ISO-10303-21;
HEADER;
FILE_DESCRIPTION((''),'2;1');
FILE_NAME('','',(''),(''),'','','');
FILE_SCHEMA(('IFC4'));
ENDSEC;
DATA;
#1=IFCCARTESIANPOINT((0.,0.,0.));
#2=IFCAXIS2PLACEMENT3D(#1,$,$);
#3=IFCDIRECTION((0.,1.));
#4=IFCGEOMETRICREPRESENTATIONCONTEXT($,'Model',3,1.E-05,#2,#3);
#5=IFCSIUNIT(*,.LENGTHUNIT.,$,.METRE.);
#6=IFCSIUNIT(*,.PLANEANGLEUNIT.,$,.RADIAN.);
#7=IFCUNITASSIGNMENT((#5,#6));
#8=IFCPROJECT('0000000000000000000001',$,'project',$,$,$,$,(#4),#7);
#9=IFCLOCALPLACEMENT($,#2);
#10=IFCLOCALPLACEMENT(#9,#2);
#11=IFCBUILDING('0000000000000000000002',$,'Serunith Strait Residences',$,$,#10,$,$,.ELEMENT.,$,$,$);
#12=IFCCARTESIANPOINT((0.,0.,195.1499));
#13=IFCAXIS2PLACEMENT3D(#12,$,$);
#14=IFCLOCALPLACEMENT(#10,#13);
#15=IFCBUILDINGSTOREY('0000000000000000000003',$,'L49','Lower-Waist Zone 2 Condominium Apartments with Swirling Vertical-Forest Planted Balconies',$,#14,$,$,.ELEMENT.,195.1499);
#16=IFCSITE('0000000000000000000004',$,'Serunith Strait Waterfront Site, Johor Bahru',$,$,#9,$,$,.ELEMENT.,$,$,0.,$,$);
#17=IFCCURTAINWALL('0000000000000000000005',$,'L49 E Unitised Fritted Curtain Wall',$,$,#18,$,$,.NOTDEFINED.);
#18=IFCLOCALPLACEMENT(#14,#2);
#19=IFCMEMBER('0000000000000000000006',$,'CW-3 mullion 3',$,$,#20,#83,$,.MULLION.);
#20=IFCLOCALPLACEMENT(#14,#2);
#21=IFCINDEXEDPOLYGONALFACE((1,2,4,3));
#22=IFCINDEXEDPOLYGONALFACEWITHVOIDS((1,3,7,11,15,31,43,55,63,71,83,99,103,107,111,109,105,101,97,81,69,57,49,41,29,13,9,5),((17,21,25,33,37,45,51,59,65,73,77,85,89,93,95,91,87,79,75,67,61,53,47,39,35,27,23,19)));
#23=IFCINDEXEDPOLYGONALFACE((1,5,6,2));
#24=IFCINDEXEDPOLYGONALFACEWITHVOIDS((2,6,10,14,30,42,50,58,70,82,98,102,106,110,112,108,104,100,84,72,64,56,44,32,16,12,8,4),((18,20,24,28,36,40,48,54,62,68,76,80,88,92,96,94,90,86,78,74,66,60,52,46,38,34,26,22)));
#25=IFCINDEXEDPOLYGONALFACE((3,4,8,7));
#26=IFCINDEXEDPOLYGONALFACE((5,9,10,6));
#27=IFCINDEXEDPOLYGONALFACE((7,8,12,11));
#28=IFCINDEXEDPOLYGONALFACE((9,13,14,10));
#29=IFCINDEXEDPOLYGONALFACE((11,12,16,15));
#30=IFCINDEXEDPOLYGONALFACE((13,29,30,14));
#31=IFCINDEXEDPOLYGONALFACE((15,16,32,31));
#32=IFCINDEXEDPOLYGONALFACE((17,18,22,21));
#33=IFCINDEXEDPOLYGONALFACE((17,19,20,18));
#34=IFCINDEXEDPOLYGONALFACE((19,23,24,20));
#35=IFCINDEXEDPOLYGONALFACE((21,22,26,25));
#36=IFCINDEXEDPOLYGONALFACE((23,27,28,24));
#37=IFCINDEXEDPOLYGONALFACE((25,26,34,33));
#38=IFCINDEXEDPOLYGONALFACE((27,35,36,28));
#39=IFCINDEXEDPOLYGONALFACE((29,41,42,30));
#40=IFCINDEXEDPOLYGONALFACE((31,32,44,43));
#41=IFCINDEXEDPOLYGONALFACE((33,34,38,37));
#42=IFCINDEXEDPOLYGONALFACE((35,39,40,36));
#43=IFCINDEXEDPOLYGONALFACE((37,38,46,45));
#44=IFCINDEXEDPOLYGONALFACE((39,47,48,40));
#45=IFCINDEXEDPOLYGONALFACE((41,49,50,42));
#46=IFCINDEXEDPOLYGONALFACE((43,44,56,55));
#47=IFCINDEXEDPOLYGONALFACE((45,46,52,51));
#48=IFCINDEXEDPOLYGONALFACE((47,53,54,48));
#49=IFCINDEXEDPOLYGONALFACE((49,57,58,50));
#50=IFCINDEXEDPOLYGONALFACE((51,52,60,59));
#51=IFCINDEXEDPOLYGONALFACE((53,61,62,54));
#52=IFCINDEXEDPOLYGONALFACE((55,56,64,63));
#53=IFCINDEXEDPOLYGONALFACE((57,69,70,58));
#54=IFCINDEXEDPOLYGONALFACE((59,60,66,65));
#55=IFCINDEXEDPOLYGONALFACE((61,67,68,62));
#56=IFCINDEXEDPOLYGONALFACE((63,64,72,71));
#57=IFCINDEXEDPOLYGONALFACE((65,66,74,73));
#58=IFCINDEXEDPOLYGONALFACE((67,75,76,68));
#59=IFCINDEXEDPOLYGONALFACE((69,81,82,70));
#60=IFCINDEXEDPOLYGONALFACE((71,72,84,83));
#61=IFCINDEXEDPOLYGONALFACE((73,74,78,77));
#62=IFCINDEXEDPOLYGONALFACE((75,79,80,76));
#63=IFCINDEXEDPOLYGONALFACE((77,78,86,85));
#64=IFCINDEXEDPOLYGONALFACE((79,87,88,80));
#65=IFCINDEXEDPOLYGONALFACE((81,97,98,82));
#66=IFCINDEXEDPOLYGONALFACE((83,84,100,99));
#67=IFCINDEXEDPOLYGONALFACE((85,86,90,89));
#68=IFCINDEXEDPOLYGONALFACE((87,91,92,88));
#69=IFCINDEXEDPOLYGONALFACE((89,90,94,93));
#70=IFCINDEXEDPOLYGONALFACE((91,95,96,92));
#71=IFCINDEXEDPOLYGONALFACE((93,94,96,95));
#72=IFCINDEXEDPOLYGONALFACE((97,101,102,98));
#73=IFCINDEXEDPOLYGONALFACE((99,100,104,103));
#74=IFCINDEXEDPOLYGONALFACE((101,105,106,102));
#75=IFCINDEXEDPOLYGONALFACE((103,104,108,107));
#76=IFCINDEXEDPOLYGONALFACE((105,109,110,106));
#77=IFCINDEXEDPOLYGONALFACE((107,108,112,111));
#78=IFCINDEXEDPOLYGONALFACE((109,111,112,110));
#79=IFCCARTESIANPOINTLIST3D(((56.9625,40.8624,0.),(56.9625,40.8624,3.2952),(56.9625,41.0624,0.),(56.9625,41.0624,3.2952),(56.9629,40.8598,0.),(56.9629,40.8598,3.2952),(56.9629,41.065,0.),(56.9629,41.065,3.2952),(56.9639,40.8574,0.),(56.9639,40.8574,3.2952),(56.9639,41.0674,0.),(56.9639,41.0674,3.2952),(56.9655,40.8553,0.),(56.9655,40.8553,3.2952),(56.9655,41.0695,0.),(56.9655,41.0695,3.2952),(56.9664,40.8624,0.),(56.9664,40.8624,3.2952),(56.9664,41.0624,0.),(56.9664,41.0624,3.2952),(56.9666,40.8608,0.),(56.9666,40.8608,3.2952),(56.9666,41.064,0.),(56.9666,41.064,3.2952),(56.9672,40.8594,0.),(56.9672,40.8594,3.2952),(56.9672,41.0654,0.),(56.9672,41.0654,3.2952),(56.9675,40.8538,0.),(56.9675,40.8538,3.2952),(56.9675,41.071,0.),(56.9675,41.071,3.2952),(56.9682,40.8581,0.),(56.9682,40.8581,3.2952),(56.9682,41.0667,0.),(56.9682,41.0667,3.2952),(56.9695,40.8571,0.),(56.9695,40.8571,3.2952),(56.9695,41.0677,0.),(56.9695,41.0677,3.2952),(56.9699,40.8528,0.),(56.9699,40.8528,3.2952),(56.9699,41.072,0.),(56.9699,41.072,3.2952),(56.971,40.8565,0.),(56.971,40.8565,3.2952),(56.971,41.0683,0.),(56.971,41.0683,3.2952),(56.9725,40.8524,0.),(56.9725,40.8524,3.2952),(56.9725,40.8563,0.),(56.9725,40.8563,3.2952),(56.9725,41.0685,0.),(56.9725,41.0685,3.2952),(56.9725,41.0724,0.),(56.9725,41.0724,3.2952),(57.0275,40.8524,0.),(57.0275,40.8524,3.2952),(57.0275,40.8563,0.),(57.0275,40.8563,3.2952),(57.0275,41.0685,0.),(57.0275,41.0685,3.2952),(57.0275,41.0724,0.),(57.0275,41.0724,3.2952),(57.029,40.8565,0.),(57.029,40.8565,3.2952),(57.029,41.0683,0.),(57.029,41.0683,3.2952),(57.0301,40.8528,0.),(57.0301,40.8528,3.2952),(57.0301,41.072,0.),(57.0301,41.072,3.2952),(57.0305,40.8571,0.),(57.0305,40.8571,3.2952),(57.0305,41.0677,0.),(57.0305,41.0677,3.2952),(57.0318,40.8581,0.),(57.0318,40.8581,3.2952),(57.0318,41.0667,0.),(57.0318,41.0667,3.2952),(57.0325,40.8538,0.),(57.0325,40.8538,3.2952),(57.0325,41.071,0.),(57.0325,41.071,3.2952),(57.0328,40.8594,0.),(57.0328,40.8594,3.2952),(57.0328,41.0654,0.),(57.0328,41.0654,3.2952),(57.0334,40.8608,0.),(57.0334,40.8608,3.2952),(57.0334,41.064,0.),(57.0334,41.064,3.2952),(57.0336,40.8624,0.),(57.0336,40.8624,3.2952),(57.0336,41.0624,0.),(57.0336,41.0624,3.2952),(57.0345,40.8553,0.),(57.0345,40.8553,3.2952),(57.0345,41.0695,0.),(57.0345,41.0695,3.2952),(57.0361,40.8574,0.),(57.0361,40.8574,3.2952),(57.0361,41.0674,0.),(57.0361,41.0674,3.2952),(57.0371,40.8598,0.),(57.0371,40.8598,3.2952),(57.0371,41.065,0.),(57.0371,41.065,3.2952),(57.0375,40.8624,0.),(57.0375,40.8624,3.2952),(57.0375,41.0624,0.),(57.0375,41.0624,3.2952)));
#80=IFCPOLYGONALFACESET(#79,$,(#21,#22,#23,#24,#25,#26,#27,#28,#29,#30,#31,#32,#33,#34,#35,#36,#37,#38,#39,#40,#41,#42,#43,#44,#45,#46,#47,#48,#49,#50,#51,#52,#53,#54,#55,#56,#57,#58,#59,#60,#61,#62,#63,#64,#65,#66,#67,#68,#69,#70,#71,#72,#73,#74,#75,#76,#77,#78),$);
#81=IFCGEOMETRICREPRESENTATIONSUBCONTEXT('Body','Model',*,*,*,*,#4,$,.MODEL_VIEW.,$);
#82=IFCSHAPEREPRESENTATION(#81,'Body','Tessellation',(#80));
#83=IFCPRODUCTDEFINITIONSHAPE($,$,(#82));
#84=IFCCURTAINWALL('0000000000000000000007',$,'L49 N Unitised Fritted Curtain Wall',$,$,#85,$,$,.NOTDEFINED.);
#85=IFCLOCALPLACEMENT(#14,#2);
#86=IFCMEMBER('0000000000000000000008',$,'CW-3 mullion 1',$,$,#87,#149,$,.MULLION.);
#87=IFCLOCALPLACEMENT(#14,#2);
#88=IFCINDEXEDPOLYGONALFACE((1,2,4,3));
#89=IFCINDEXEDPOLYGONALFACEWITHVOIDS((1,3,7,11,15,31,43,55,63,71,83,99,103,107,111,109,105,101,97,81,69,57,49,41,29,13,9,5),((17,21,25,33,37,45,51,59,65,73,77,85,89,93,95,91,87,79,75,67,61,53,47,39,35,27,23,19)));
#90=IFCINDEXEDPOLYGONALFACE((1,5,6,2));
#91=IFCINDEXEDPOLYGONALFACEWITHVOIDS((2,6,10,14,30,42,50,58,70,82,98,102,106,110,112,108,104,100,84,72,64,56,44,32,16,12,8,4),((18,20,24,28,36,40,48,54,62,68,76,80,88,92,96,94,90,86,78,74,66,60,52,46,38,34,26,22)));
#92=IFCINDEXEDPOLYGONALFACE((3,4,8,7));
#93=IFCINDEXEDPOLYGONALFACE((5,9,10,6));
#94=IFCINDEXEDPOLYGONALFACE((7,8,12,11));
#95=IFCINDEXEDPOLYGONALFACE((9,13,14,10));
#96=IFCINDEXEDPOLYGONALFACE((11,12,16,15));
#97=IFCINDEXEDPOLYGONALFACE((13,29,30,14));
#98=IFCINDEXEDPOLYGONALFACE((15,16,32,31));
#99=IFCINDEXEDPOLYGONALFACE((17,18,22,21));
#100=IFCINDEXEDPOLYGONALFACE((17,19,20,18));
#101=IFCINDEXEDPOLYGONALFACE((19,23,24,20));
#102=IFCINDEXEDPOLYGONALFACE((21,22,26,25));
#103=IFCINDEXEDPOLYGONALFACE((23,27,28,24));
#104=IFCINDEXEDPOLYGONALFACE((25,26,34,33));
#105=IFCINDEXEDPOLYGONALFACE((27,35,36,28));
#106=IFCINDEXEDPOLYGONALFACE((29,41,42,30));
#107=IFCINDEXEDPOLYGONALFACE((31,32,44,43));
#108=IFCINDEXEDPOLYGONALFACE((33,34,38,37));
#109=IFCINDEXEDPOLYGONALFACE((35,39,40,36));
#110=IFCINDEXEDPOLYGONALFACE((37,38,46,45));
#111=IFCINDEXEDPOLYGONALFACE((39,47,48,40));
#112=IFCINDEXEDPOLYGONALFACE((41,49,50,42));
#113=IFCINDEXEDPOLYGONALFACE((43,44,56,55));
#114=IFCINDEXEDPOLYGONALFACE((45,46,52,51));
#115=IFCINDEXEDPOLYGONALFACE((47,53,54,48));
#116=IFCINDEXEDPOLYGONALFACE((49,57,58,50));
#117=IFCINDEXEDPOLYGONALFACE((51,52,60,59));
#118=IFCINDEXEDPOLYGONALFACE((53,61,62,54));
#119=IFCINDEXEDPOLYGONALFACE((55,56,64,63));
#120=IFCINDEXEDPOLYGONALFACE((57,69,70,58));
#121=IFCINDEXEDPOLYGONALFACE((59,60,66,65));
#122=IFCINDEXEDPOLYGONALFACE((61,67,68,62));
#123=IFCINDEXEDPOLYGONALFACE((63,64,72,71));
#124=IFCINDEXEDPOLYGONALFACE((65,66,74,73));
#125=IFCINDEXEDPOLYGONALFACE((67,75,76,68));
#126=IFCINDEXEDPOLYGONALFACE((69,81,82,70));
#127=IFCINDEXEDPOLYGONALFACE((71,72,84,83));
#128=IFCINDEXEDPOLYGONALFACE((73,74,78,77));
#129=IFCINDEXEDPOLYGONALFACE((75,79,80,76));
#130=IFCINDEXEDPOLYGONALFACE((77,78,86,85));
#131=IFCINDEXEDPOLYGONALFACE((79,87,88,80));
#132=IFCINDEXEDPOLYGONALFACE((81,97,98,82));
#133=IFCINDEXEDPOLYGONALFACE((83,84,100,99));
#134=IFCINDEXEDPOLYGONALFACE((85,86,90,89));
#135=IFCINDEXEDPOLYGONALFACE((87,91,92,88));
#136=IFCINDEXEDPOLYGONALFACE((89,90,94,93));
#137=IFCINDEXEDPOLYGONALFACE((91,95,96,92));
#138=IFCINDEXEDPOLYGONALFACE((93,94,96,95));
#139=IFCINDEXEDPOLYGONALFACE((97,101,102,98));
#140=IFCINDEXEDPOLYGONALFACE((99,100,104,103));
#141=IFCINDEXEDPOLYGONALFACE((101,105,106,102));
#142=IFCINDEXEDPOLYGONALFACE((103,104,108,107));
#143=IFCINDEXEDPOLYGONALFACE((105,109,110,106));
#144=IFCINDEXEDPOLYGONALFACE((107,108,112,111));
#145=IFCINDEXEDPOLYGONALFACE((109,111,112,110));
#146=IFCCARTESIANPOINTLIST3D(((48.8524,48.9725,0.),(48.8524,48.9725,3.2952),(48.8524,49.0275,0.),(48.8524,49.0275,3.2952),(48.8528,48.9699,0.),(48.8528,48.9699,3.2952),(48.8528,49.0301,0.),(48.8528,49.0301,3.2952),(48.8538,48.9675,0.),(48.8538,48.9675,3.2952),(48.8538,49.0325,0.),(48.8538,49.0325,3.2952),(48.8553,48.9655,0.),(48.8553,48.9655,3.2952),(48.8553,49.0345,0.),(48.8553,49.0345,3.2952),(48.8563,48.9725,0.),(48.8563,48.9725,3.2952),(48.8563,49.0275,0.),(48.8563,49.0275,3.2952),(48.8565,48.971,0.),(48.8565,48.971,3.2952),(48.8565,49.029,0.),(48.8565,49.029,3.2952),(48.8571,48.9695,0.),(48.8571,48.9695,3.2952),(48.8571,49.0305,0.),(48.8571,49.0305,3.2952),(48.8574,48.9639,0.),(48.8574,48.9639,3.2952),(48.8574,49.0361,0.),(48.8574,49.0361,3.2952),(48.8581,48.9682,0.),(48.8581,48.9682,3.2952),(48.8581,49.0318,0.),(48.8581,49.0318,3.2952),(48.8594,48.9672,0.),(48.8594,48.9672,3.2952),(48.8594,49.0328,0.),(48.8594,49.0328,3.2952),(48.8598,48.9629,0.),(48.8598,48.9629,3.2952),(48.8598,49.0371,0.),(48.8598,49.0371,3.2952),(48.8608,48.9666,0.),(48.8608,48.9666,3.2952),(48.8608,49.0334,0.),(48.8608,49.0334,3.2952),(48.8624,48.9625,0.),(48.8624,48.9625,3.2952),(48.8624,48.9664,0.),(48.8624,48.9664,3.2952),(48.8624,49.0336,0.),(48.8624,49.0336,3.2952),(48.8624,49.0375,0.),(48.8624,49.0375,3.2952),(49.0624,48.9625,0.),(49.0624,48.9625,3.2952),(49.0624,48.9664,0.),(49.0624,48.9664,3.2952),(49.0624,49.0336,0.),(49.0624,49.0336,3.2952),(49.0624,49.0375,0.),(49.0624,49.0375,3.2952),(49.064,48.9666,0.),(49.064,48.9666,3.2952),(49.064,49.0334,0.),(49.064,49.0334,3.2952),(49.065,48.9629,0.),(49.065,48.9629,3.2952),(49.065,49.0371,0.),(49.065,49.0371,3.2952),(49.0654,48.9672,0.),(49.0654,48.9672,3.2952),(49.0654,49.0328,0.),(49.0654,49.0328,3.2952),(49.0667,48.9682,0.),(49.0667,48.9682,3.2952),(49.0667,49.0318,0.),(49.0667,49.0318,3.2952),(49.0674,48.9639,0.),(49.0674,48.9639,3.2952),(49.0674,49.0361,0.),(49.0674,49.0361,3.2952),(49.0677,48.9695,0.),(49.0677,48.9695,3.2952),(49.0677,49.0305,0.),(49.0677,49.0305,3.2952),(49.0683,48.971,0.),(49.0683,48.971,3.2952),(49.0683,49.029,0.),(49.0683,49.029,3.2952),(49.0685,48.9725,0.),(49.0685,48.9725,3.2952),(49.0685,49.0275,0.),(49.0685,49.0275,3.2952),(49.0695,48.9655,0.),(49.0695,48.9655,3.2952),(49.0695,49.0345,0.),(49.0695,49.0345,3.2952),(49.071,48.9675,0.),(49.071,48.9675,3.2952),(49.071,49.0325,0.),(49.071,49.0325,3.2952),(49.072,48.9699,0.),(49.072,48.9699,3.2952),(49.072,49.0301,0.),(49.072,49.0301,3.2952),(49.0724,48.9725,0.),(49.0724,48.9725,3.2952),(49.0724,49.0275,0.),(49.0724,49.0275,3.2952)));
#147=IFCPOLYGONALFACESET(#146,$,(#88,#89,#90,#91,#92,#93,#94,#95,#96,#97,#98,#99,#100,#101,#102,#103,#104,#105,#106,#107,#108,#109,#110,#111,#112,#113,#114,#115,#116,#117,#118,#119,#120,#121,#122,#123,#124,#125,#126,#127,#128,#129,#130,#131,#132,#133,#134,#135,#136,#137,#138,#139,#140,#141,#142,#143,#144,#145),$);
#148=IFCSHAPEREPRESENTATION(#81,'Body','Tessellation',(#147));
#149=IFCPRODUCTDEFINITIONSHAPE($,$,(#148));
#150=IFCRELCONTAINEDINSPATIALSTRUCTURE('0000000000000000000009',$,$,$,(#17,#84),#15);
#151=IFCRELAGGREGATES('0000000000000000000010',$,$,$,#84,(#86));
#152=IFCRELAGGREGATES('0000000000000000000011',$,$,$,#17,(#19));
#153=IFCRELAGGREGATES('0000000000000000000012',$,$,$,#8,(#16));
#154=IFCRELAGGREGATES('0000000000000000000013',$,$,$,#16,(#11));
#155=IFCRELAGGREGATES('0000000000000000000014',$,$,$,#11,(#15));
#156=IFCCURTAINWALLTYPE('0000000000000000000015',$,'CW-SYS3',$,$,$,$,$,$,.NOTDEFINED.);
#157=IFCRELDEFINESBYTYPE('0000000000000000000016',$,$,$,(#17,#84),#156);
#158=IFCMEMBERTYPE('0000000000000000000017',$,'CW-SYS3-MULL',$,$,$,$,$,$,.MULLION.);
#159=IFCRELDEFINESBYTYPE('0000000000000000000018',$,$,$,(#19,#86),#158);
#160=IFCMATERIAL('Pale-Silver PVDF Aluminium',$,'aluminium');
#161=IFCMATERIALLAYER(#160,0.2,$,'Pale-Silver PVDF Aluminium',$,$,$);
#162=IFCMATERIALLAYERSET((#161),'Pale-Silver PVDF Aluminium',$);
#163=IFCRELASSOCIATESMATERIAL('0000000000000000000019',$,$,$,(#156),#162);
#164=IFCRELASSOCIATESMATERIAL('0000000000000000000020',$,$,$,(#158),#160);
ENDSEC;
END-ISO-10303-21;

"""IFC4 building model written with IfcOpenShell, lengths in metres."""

from ifc_helpers import new_model, si_unit, direction, frame, origin, origin_2d, place, context, subcontext, project, spatial, hollow_rectangle, extrude, source, transform, mapped, material, layer, layer_set, material_profile, profile_set, type_object, element, aggregate, save


model = new_model("IFC4")

# Units and contexts
model_context = context("Model", 3, precision=1e-05, world=origin(), true_north=direction((0.0, 1.0)))
body_context = subcontext(model_context, "Body", "Model", "MODEL_VIEW")
ifc_project = project(units=[si_unit("LENGTHUNIT", "METRE"), si_unit("PLANEANGLEUNIT", "RADIAN")], contexts=[model_context])

# Site, building, storey
site_placement = place(None, origin())
site = spatial("IfcSite", under=ifc_project, at=site_placement, Name="Serunith Strait Waterfront Site, Johor Bahru", CompositionType="ELEMENT", RefElevation=0.0)
building_placement = place(site_placement, origin())
building = spatial("IfcBuilding", under=site, at=building_placement, Name="Serunith Strait Residences", CompositionType="ELEMENT")
storey_placement = place(building_placement, frame((0.0, 0.0, 195.1499)))
storey = spatial("IfcBuildingStorey", under=building, at=storey_placement, Name="L49", Description="Lower-Waist Zone 2 Condominium Apartments with Swirling Vertical-Forest Planted Balconies", CompositionType="ELEMENT", Elevation=195.1499)

# Curtain wall, member
ifc_material_1 = material(Name="Pale-Silver PVDF Aluminium", Category="aluminium")
ifc_layer_1 = layer(ifc_material_1, 0.2, Name="Pale-Silver PVDF Aluminium")
ifc_layer_set_1 = layer_set([ifc_layer_1], Name="Pale-Silver PVDF Aluminium")
curtain_wall_type = type_object("IfcCurtainWallType", Name="CW-SYS3", PredefinedType="NOTDEFINED", material=ifc_layer_set_1)
curtain_wall_1_placement = place(storey_placement, origin())
curtain_wall_1 = element("IfcCurtainWall", 1, at=curtain_wall_1_placement, inside=storey, type_object=curtain_wall_type, Name="L49 E Unitised Fritted Curtain Wall", PredefinedType="NOTDEFINED")
ifc_material_profile_1 = material_profile(ifc_material_1, hollow_rectangle(XDim=0.075, YDim=0.22, WallThickness=0.0039, InnerFilletRadius=0.0061, OuterFilletRadius=0.01, at=origin_2d()), Name="ALU 220x75x4")
ifc_profile_set_1 = profile_set([ifc_material_profile_1], Name="Pale-Silver PVDF Aluminium")
member_type_1 = type_object("IfcMemberType", Name="CW-SYS3-MULL", PredefinedType="MULLION", material=ifc_profile_set_1)
shared_shape_1 = source(origin(), body_context, "Body", "SweptSolid", [
    extrude(hollow_rectangle(XDim=0.075, YDim=0.22, WallThickness=0.0039, InnerFilletRadius=0.0061, OuterFilletRadius=0.01, at=origin_2d()), origin(), (0.0, 0.0, 1.0), 3.2952),
])
member_1_placement = place(storey_placement, frame((57.0, 40.9624, 0.0), z_axis=(0.0, 0.0, 1.0), x_axis=(-1.0, 0.0, 0.0)))
member_1 = element("IfcMember", 2, at=member_1_placement, type_object=member_type_1, Name="CW-3 mullion 3", PredefinedType="MULLION", context=body_context, shape_type="MappedRepresentation", body=[
    mapped(shared_shape_1, transform((0.0, 0.0, 0.0), scale=1.0)),
])

# Curtain wall, member
curtain_wall_2_placement = place(storey_placement, origin())
curtain_wall_2 = element("IfcCurtainWall", 3, at=curtain_wall_2_placement, inside=storey, type_object=curtain_wall_type, Name="L49 N Unitised Fritted Curtain Wall", PredefinedType="NOTDEFINED")
member_2_placement = place(storey_placement, frame((48.9624, 49.0, 0.0), z_axis=(0.0, 0.0, 1.0), x_axis=(0.0, -1.0, 0.0)))
member_2 = element("IfcMember", 4, at=member_2_placement, type_object=member_type_1, Name="CW-3 mullion 1", PredefinedType="MULLION", context=body_context, shape_type="MappedRepresentation", body=[
    mapped(shared_shape_1, transform((0.0, 0.0, 0.0), scale=1.0)),
])
aggregate(curtain_wall_2, [member_2])

aggregate(curtain_wall_1, [member_1])

save(model, "model.ifc")
